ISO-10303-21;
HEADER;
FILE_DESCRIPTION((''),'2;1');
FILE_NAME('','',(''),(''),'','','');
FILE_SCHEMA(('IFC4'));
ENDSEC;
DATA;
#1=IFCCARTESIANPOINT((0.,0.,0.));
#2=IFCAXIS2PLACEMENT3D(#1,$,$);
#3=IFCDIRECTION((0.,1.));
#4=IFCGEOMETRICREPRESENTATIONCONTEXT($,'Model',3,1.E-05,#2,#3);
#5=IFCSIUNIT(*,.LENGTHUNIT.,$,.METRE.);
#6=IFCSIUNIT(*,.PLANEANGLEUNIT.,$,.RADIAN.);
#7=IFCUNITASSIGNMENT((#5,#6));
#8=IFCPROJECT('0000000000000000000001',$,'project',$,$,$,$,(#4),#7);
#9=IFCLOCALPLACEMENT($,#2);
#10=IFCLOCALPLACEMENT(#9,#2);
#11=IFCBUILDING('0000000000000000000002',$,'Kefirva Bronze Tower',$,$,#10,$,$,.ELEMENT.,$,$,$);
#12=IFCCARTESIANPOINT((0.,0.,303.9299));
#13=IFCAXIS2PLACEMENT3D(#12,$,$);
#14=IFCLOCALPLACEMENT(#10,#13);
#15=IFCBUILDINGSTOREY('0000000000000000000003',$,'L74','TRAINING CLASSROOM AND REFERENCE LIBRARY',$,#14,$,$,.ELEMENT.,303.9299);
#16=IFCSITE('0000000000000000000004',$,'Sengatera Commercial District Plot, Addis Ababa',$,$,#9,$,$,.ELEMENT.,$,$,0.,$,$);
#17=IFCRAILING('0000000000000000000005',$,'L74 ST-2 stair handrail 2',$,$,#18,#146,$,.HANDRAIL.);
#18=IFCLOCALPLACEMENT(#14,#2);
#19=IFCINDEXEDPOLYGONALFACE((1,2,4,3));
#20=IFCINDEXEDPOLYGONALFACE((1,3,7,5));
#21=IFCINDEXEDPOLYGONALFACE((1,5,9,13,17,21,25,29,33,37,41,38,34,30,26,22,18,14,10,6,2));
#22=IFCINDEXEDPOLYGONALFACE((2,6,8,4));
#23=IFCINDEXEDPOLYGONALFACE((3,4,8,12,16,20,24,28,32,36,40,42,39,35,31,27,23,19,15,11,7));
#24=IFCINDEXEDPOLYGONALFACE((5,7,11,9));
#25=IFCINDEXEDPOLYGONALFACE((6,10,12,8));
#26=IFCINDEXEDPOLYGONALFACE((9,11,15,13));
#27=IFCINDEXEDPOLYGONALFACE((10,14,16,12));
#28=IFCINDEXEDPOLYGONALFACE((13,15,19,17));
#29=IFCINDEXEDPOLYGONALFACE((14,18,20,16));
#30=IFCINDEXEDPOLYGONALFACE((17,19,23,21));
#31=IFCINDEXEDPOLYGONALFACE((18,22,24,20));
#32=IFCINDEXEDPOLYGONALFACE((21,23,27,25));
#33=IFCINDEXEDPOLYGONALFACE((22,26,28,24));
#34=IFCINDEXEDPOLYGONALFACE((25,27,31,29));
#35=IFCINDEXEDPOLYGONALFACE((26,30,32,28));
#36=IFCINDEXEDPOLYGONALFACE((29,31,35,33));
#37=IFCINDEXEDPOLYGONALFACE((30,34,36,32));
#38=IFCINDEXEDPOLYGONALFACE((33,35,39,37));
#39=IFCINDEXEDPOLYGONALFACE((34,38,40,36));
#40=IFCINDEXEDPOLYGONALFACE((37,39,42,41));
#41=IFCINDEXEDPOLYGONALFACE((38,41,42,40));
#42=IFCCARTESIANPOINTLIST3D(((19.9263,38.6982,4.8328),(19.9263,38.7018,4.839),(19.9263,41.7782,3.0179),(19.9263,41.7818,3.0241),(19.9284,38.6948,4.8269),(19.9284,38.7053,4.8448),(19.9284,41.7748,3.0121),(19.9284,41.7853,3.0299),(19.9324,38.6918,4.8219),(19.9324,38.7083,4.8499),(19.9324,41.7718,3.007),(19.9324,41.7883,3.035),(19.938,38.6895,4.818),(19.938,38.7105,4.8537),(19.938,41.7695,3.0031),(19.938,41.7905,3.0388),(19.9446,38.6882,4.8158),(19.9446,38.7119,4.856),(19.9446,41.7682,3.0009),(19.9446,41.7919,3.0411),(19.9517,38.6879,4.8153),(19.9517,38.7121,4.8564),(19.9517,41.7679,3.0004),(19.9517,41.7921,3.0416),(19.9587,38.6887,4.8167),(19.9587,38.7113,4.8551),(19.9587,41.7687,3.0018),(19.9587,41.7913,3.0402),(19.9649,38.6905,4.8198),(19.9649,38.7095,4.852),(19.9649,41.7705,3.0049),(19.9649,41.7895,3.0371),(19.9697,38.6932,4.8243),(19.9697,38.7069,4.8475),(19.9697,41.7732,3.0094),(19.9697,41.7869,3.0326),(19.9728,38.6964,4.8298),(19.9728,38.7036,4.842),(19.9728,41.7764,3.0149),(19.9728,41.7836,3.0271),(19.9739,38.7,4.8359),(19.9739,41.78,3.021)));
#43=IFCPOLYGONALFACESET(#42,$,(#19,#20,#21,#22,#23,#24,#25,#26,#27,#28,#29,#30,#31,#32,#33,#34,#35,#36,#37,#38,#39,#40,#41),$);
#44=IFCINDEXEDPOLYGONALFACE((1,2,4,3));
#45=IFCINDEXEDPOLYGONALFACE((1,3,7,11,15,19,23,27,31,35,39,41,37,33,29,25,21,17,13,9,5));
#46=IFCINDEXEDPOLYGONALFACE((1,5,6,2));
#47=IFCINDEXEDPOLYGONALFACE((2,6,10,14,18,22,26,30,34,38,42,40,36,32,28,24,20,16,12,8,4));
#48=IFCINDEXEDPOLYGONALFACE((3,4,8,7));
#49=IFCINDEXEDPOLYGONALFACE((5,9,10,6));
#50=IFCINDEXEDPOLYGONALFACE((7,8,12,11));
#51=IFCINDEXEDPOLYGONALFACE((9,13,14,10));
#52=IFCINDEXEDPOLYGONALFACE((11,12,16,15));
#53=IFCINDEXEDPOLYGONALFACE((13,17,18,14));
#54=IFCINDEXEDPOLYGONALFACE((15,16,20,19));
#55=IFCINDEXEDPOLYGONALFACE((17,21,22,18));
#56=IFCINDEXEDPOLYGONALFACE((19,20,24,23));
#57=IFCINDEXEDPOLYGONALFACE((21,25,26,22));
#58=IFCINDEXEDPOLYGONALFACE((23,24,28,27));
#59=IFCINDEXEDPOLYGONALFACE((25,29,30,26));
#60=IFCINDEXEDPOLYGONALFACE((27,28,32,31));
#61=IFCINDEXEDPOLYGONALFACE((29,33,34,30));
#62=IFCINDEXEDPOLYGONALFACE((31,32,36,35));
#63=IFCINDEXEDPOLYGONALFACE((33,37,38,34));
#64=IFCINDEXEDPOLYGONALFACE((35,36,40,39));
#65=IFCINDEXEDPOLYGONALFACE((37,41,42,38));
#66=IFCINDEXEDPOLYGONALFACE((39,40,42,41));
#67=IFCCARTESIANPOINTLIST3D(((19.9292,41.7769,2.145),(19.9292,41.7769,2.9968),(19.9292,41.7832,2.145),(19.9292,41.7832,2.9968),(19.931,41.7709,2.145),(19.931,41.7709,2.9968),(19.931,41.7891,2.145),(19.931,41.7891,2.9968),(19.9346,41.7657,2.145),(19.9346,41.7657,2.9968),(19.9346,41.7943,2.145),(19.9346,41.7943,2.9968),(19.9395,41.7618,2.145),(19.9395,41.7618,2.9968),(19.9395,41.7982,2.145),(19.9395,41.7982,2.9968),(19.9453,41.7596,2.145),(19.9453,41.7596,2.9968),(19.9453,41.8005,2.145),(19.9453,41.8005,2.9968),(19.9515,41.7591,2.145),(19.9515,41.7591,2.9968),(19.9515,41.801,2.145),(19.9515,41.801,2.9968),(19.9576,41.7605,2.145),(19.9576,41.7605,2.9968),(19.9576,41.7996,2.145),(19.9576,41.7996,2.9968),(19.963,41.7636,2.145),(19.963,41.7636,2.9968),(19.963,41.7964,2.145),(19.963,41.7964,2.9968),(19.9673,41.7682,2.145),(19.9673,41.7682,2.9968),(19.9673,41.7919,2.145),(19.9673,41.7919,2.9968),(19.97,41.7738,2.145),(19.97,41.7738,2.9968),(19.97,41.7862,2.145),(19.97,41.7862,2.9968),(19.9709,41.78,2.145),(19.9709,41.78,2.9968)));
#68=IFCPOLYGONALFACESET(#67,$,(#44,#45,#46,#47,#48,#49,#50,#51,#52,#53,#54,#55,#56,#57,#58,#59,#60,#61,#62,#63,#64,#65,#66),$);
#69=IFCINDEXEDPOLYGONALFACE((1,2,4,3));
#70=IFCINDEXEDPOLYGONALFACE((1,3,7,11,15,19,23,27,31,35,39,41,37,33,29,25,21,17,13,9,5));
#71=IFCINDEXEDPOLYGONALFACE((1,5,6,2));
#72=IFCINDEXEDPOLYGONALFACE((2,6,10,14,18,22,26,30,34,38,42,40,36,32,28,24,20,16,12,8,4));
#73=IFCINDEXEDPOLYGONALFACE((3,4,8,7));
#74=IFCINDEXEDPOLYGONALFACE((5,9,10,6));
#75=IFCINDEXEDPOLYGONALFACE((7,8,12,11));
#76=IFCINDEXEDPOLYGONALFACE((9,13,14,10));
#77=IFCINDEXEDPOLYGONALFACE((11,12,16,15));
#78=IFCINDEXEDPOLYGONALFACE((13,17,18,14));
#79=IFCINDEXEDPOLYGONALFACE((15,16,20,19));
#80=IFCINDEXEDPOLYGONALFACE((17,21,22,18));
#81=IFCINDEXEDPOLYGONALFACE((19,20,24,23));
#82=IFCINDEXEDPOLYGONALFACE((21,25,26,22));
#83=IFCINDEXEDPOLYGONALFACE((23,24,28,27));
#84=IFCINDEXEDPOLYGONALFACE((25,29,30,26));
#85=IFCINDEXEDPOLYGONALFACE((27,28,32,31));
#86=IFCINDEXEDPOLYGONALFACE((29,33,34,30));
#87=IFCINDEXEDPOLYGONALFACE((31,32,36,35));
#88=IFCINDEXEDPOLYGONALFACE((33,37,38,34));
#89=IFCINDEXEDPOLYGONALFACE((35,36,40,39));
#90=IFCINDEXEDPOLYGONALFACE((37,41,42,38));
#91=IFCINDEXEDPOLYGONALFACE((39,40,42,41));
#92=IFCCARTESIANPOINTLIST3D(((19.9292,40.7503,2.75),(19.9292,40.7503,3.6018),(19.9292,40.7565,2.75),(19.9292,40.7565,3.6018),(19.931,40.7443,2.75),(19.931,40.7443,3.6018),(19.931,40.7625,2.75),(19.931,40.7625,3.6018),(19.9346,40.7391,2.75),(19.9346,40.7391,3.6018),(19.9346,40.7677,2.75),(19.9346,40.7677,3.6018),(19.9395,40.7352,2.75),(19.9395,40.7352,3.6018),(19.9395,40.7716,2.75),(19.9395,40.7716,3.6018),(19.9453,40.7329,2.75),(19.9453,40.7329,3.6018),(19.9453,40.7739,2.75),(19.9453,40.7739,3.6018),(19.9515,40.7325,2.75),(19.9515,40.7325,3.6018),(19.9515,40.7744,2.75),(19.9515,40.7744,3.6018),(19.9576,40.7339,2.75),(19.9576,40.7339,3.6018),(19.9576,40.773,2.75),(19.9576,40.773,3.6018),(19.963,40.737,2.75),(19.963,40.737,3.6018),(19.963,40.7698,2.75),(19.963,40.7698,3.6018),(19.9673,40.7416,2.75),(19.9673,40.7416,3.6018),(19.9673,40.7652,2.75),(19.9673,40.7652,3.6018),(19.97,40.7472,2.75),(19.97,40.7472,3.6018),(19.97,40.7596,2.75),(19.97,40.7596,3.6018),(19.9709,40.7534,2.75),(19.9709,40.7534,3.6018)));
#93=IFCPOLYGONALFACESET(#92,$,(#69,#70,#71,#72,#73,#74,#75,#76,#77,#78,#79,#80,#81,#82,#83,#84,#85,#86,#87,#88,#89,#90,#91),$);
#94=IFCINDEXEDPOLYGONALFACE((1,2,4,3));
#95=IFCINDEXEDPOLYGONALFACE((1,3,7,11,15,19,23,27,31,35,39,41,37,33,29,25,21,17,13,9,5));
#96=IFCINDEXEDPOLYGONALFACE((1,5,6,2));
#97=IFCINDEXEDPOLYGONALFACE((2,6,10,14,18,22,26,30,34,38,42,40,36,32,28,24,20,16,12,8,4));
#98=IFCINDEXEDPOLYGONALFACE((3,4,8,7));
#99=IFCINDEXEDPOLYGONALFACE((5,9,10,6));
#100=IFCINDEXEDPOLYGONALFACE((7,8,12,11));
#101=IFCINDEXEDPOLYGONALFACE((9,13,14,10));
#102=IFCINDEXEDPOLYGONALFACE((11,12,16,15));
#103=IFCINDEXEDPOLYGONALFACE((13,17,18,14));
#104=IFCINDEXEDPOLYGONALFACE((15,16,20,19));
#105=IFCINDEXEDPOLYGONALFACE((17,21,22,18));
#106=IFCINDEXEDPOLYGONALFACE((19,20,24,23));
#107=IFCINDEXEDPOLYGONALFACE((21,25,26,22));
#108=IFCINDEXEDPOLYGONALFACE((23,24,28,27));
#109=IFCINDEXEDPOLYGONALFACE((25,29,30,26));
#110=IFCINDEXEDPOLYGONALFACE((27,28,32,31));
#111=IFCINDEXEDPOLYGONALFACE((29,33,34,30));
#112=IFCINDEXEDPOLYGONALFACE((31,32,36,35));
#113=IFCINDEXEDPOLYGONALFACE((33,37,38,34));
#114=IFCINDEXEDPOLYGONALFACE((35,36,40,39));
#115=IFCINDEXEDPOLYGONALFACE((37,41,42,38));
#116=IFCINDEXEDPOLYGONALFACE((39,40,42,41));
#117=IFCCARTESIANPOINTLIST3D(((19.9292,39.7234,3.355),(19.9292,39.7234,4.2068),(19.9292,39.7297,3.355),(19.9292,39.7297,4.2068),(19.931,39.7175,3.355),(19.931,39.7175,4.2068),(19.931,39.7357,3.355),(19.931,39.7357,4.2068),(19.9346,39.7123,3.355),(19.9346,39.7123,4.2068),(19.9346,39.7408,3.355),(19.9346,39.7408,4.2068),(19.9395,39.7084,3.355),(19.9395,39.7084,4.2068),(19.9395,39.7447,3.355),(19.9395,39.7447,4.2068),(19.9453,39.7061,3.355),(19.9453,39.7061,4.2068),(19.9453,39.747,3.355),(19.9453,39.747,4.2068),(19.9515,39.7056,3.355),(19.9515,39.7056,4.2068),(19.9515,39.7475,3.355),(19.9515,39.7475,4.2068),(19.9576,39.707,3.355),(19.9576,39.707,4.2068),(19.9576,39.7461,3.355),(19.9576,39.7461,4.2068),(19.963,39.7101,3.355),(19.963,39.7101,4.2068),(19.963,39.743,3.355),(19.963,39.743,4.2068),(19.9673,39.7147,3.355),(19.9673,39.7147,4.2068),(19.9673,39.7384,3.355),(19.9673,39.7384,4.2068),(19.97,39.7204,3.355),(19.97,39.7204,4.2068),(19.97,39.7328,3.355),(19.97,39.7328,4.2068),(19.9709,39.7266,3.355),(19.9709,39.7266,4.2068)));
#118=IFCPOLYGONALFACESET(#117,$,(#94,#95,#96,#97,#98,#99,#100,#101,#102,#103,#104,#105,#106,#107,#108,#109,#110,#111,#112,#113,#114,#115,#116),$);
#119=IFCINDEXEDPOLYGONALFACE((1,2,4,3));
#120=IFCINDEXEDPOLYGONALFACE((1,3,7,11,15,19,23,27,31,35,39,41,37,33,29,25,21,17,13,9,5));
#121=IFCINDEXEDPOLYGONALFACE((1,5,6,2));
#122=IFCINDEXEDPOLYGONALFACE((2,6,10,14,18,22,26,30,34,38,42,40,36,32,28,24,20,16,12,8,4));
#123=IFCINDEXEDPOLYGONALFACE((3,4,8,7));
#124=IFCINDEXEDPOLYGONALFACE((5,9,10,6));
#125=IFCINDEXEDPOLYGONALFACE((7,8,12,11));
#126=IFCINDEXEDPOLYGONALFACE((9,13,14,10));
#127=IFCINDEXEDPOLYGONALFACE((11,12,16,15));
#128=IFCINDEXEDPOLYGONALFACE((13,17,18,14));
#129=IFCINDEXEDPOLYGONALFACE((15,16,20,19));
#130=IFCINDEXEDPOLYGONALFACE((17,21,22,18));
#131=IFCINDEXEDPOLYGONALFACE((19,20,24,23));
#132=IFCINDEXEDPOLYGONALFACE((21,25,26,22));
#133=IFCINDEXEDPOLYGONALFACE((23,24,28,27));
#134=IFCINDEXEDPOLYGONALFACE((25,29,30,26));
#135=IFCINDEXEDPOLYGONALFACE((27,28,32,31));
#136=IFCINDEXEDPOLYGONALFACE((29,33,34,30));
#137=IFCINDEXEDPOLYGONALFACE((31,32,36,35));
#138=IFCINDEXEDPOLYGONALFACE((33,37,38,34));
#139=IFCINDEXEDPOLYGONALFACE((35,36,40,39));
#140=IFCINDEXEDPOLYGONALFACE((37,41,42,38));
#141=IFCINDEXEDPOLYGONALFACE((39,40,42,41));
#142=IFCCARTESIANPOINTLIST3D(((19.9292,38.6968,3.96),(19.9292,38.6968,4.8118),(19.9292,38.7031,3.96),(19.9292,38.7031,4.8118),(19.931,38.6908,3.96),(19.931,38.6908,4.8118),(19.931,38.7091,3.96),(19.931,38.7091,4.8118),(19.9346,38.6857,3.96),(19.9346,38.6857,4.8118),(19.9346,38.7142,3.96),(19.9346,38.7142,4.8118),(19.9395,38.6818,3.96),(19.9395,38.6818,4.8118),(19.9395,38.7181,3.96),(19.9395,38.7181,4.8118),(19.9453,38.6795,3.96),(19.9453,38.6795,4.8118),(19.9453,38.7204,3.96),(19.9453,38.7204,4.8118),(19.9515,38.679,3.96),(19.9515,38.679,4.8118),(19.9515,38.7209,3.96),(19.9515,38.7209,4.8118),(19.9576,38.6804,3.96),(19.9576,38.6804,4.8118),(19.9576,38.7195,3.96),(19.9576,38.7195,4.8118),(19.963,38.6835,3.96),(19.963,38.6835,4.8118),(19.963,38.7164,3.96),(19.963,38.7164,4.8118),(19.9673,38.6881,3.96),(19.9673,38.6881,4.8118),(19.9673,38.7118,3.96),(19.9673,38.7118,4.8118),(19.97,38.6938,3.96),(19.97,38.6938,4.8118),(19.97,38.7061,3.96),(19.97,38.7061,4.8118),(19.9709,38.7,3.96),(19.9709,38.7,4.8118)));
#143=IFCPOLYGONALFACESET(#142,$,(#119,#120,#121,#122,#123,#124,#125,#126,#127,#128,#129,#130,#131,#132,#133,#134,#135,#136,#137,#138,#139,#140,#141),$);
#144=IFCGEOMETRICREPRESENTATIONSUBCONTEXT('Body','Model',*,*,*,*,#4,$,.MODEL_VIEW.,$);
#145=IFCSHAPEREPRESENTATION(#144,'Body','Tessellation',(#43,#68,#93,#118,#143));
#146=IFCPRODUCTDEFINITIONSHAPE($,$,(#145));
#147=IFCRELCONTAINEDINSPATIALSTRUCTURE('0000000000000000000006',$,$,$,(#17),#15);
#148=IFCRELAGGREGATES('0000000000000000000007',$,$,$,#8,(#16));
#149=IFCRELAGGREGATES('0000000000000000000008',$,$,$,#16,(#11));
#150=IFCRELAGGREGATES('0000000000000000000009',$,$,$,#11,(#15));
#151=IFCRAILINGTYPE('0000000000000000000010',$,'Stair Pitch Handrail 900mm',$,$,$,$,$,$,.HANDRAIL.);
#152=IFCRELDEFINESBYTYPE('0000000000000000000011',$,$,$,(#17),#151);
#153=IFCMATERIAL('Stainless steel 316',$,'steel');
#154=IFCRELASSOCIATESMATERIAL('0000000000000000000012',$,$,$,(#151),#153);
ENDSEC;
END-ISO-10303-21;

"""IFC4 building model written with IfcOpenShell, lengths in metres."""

from ifc_helpers import new_model, si_unit, direction, frame, origin, origin_2d, place, context, subcontext, project, spatial, circle, extrude, material, type_object, element, save


model = new_model("IFC4")

# Units and contexts
model_context = context("Model", 3, precision=1e-05, world=origin(), true_north=direction((0.0, 1.0)))
body_context = subcontext(model_context, "Body", "Model", "MODEL_VIEW")
ifc_project = project(units=[si_unit("LENGTHUNIT", "METRE"), si_unit("PLANEANGLEUNIT", "RADIAN")], contexts=[model_context])

# Site, building, storey
site_placement = place(None, origin())
site = spatial("IfcSite", under=ifc_project, at=site_placement, Name="Sengatera Commercial District Plot, Addis Ababa", CompositionType="ELEMENT", RefElevation=0.0)
building_placement = place(site_placement, origin())
building = spatial("IfcBuilding", under=site, at=building_placement, Name="Kefirva Bronze Tower", CompositionType="ELEMENT")
storey_placement = place(building_placement, frame((0.0, 0.0, 303.9299)))
storey = spatial("IfcBuildingStorey", under=building, at=storey_placement, Name="L74", Description="TRAINING CLASSROOM AND REFERENCE LIBRARY", CompositionType="ELEMENT", Elevation=303.9299)

# Shared definitions
ifc_material_1 = material(Name="Stainless steel 316", Category="steel")

# Railing
railing_type = type_object("IfcRailingType", Name="Stair Pitch Handrail 900mm", PredefinedType="HANDRAIL", material=ifc_material_1)
railing_placement = place(storey_placement, frame((19.95, 41.78, 2.145)))
element("IfcRailing", 1, at=railing_placement, inside=storey, type_object=railing_type, Name="L74 ST-2 stair handrail 2", PredefinedType="HANDRAIL", context=body_context, shape_type="SweptSolid", body=[
    extrude(circle(Radius=0.0239, at=origin_2d()), frame((0.0, 0.0, 0.876), z_axis=(0.0, -0.861551, 0.507671), x_axis=(1.0, 0.0, 0.0)), (0.0, 0.0, 1.0), 3.575),
    extrude(circle(Radius=0.021, at=origin_2d()), origin(), (0.0, 0.0, 1.0), 0.8518),
    extrude(circle(Radius=0.021, at=origin_2d()), frame((0.0, -1.0266, 0.605)), (0.0, 0.0, 1.0), 0.8518),
    extrude(circle(Radius=0.021, at=origin_2d()), frame((0.0, -2.0535, 1.21)), (0.0, 0.0, 1.0), 0.8518),
    extrude(circle(Radius=0.021, at=origin_2d()), frame((0.0, -3.0801, 1.8149)), (0.0, 0.0, 1.0), 0.8518),
])

save(model, "model.ifc")
